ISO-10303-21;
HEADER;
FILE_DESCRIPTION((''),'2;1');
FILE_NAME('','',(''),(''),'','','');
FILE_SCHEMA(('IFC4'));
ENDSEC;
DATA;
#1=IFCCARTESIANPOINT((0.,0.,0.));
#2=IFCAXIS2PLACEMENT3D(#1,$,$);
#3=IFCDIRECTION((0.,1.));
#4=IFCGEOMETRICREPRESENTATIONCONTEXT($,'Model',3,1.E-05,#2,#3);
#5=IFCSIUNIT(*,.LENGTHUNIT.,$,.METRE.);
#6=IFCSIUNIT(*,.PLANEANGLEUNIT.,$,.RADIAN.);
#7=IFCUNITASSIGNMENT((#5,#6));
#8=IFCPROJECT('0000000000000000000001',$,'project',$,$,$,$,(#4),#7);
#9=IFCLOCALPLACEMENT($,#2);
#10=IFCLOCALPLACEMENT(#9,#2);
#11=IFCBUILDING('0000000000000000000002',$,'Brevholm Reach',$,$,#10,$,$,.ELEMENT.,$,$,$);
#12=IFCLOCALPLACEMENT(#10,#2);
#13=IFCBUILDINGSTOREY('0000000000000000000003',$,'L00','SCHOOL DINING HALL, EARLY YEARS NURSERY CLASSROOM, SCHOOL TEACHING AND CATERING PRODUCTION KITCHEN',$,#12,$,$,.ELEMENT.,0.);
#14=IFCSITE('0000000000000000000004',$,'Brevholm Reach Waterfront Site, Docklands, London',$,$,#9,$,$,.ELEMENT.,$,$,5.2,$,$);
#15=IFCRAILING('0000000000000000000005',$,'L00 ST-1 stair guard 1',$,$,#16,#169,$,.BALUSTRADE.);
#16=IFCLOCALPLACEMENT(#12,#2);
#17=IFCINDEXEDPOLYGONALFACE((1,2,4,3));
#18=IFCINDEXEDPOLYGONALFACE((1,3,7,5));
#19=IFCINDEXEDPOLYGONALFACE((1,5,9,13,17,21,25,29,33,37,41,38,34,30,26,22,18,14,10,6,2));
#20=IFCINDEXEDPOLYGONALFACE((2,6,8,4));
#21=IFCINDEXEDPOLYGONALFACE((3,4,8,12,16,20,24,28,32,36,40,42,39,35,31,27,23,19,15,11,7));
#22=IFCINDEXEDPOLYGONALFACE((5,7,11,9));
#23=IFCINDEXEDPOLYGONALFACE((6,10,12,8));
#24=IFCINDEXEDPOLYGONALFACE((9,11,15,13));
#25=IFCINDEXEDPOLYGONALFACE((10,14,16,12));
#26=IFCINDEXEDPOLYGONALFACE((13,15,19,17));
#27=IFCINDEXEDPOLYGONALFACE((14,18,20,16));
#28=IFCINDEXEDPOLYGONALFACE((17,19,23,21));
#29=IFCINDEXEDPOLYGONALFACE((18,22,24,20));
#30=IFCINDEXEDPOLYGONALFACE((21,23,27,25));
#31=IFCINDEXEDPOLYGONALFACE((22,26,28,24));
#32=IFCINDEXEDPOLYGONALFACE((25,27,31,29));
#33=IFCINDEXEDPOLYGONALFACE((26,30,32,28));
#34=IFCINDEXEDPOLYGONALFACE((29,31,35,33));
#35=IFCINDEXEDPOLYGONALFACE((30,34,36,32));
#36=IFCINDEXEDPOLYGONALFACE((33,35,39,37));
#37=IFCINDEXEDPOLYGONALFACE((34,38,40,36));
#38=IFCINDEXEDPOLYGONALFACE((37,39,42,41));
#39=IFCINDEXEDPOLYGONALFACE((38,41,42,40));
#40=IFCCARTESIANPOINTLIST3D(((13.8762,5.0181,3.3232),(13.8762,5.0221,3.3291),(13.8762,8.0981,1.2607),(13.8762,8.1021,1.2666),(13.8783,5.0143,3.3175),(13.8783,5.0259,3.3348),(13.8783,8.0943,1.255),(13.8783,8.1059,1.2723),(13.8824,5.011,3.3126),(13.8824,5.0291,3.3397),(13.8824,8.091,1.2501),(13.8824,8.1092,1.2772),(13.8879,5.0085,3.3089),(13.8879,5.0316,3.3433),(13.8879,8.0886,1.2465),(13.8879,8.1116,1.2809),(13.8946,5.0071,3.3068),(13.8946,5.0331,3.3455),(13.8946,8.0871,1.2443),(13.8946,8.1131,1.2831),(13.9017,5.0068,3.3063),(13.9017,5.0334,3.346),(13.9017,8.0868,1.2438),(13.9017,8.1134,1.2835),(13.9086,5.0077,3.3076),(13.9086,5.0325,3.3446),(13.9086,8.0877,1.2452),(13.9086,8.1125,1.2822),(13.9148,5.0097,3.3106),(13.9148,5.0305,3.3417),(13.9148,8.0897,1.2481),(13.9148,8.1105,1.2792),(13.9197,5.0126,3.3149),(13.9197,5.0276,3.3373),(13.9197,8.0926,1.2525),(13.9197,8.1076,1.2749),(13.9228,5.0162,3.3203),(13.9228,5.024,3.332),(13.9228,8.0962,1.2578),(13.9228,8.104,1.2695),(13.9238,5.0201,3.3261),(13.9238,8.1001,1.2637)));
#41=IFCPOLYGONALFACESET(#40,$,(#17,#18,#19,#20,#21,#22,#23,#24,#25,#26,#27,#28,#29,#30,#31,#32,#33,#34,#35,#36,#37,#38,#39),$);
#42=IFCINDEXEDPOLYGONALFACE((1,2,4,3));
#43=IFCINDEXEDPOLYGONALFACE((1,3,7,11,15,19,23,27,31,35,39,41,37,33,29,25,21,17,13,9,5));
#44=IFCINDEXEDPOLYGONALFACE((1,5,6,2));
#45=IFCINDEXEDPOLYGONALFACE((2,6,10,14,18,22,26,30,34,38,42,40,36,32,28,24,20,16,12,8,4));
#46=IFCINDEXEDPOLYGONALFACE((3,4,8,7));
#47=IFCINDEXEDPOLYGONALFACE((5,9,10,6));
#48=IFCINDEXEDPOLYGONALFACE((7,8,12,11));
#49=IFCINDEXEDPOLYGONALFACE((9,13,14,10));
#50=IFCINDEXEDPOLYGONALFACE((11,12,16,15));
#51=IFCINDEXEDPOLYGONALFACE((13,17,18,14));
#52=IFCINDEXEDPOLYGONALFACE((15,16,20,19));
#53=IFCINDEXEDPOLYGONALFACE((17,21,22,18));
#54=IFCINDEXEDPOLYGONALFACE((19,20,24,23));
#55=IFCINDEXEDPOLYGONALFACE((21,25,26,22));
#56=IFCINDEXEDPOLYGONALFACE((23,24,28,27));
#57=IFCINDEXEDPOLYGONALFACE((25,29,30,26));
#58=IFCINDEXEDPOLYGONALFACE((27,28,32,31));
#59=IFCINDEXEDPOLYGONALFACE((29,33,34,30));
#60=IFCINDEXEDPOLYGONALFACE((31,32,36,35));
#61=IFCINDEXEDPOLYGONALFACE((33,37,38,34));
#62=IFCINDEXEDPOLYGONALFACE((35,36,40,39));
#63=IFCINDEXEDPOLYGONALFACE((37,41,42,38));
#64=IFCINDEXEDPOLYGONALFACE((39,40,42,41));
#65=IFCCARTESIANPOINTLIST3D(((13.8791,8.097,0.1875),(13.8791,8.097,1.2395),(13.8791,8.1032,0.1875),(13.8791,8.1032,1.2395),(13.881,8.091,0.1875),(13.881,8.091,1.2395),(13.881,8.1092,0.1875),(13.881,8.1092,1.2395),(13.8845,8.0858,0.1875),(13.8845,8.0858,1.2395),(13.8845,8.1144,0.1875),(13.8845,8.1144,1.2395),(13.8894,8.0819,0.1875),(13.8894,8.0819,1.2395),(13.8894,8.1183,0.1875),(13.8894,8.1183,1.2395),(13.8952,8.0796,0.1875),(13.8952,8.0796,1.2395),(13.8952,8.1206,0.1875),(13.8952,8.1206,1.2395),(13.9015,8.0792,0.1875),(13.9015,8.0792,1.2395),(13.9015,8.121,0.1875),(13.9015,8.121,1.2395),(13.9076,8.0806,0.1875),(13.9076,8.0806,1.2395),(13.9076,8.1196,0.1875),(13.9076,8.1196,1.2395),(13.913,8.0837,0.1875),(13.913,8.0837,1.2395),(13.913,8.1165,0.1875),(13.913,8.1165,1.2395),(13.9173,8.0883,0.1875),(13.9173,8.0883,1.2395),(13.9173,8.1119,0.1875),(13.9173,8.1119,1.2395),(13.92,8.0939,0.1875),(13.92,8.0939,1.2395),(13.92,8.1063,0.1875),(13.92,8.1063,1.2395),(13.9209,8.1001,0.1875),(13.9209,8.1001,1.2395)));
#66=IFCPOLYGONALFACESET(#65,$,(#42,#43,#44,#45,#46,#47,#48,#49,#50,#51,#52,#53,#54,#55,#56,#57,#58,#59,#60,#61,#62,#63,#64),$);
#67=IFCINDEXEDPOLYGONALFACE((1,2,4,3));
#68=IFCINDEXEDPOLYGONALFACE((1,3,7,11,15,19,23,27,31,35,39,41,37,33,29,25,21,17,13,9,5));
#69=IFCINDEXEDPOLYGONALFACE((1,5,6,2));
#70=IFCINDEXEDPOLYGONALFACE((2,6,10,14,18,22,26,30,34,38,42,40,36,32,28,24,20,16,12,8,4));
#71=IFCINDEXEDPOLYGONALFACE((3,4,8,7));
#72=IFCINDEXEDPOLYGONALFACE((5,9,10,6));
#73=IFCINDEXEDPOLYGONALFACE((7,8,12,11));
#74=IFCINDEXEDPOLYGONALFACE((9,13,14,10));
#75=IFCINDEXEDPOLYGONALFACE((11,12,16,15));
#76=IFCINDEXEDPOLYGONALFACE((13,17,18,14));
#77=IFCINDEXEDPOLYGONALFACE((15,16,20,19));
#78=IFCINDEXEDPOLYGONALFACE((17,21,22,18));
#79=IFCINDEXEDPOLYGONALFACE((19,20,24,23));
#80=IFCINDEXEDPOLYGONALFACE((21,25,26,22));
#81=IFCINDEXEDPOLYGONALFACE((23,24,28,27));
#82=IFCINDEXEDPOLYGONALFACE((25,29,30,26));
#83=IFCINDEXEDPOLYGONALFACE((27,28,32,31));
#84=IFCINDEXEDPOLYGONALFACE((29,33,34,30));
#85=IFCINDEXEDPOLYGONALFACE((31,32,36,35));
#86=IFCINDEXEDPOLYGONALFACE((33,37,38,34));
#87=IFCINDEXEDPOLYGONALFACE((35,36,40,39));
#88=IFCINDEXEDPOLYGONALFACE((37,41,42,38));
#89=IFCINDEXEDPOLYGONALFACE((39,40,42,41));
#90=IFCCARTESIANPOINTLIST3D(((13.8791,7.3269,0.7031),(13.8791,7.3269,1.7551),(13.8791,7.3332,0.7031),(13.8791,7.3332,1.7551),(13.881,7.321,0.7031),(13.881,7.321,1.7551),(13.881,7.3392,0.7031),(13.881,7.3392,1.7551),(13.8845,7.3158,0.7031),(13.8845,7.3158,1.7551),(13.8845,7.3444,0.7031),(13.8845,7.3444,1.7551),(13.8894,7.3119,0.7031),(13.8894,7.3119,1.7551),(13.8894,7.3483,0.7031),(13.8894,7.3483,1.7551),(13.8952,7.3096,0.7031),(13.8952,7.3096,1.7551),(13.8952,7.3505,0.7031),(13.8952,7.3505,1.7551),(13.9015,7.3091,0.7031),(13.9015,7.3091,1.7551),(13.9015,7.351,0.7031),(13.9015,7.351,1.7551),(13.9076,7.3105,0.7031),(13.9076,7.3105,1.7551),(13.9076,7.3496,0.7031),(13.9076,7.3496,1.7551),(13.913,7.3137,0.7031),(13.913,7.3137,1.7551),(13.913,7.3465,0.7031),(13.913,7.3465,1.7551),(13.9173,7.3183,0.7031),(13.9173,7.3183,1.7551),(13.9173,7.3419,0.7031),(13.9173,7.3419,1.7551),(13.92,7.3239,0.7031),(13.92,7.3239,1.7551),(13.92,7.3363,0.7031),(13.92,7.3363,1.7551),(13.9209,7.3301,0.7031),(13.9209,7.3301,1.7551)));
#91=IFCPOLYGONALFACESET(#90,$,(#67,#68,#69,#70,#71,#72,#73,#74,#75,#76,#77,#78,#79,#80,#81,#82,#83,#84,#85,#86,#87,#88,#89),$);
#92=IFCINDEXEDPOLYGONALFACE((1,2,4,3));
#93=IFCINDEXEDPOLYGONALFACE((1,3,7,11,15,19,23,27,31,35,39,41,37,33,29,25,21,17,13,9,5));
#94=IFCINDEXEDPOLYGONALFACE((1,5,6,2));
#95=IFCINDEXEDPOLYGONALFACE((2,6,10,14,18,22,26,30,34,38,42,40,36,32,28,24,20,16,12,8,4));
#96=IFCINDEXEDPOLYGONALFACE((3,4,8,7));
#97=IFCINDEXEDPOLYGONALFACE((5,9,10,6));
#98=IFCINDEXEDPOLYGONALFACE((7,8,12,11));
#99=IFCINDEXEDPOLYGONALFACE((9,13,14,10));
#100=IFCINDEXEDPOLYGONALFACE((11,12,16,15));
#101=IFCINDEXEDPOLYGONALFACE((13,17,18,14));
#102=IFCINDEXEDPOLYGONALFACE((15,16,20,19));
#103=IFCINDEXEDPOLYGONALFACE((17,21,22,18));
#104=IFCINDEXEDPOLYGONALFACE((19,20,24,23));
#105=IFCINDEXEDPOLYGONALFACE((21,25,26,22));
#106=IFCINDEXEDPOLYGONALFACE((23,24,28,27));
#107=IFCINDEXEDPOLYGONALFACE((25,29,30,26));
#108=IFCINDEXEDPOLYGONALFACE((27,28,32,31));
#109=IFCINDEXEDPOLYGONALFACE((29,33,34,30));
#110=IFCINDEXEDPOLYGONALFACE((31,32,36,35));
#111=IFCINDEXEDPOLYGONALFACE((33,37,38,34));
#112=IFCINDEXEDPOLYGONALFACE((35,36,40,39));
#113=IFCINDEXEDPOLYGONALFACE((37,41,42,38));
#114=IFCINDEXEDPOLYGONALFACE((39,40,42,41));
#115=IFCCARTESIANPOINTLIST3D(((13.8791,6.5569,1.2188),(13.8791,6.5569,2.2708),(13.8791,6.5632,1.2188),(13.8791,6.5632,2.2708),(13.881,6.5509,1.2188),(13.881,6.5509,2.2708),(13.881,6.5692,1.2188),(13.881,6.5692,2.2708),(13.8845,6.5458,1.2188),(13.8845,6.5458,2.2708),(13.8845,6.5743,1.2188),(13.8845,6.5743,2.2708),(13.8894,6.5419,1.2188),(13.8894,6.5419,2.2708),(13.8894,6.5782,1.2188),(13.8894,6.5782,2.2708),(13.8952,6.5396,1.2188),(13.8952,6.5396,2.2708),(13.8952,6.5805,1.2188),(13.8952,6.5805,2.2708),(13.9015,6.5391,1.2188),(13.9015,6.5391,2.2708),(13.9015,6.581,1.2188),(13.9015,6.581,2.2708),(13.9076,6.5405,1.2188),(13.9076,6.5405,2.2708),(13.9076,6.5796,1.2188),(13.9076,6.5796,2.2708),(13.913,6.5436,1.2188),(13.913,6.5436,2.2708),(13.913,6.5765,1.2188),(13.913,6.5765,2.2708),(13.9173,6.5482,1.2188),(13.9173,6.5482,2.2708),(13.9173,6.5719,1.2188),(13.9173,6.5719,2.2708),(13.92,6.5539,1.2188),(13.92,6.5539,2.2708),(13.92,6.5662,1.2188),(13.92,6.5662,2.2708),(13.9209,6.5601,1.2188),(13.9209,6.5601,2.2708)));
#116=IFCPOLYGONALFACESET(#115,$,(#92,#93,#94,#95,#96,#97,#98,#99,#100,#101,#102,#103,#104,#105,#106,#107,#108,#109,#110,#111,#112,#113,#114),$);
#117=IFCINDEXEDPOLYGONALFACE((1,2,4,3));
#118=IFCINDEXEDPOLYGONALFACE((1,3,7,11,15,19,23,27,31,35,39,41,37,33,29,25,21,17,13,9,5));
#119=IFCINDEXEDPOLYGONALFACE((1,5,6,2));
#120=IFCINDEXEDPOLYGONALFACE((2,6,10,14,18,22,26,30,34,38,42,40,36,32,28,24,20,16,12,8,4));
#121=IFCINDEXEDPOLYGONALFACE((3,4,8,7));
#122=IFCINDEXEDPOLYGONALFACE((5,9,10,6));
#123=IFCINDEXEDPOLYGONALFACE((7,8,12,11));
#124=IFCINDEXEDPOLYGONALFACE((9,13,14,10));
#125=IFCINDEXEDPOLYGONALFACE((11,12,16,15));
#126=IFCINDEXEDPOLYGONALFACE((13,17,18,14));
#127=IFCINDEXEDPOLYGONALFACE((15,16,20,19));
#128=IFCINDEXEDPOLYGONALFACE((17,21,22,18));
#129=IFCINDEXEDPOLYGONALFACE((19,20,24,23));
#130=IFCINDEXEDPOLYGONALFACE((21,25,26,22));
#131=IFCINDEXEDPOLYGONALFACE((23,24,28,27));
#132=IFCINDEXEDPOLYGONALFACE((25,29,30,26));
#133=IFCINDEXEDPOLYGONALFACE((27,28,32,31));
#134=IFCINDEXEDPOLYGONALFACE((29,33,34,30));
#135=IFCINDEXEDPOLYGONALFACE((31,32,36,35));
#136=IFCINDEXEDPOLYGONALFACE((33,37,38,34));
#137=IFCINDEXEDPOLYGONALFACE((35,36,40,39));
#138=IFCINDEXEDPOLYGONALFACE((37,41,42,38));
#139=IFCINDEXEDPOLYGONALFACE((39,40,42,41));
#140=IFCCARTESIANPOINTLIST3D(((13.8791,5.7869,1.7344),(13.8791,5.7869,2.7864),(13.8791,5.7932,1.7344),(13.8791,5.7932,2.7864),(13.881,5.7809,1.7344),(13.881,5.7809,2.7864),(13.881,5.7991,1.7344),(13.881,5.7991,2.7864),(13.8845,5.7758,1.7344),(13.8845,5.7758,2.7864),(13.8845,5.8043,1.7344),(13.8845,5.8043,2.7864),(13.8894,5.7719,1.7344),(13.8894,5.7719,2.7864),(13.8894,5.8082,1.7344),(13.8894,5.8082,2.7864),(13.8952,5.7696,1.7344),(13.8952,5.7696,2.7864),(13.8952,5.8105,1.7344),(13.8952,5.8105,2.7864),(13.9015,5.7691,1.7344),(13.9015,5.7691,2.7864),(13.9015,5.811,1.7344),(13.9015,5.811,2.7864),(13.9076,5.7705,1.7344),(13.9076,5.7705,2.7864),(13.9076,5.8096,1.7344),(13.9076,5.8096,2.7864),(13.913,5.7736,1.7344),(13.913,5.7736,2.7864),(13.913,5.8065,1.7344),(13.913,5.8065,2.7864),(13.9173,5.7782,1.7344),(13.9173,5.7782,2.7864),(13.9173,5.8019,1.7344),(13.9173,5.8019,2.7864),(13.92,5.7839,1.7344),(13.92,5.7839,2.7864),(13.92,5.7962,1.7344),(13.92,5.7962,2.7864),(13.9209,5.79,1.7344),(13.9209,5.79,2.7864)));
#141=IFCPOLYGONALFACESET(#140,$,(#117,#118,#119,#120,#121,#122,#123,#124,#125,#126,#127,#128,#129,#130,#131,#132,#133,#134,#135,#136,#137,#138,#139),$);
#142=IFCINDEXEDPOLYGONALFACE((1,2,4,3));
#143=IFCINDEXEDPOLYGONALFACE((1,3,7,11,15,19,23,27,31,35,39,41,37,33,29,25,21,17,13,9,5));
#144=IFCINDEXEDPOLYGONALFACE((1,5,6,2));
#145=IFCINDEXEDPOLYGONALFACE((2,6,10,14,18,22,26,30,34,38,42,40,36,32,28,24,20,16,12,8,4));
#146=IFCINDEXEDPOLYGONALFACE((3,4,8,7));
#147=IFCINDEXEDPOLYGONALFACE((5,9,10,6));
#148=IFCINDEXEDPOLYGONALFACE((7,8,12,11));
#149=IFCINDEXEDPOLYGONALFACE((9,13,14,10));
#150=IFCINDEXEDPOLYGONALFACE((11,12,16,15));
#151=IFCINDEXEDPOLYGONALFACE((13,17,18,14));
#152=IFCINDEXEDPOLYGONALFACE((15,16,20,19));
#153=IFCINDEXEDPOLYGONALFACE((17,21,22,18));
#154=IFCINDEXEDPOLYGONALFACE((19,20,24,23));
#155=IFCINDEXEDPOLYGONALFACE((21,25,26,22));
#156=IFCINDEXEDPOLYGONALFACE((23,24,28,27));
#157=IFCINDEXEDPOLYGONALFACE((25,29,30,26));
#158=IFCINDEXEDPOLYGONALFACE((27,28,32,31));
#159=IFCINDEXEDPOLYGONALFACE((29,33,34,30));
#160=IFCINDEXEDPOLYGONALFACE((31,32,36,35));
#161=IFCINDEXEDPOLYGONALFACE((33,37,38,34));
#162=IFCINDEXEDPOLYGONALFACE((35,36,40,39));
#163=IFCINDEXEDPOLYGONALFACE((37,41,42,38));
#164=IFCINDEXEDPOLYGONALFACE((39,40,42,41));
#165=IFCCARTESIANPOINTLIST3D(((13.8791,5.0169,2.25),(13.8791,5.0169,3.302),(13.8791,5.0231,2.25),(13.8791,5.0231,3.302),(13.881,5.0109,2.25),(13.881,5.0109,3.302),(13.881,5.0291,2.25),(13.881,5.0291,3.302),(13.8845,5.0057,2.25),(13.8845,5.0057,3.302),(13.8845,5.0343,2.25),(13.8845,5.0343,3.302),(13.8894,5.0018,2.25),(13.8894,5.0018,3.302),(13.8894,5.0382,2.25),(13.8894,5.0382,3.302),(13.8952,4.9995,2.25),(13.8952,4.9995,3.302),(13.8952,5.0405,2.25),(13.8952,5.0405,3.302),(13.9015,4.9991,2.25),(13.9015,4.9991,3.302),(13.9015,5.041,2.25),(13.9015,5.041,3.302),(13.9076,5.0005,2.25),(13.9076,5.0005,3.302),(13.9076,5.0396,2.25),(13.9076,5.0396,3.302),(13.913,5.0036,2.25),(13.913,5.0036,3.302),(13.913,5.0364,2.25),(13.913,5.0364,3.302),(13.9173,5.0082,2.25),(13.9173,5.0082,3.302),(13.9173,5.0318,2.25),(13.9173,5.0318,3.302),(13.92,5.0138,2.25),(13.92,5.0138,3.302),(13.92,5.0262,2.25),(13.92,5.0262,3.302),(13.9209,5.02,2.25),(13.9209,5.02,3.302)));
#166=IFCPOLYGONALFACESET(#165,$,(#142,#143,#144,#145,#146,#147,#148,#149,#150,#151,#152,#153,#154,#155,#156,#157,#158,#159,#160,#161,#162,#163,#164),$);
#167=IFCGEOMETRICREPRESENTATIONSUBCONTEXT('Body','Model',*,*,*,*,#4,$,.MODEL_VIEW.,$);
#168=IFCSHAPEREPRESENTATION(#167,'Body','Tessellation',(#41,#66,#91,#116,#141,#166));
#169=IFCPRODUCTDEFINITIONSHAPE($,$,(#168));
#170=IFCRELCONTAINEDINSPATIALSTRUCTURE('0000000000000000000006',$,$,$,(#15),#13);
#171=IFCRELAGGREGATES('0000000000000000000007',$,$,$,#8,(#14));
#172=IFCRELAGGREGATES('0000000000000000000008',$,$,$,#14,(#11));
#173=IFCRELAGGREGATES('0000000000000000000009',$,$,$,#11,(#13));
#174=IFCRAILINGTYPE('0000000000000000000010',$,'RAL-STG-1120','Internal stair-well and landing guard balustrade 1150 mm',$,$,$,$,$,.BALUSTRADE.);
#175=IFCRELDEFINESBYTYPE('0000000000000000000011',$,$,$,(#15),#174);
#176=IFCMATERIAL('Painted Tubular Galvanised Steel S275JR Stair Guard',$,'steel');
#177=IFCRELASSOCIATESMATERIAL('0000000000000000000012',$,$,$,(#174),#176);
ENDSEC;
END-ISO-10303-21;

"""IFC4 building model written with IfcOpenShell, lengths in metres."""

from ifc_helpers import new_model, si_unit, direction, frame, origin, origin_2d, place, context, subcontext, project, spatial, circle, extrude, material, type_object, element, save


model = new_model("IFC4")

# Units and contexts
model_context = context("Model", 3, precision=1e-05, world=origin(), true_north=direction((0.0, 1.0)))
body_context = subcontext(model_context, "Body", "Model", "MODEL_VIEW")
ifc_project = project(units=[si_unit("LENGTHUNIT", "METRE"), si_unit("PLANEANGLEUNIT", "RADIAN")], contexts=[model_context])

# Site, building, storey
site_placement = place(None, origin())
site = spatial("IfcSite", under=ifc_project, at=site_placement, Name="Brevholm Reach Waterfront Site, Docklands, London", CompositionType="ELEMENT", RefElevation=5.2)
building_placement = place(site_placement, origin())
building = spatial("IfcBuilding", under=site, at=building_placement, Name="Brevholm Reach", CompositionType="ELEMENT")
storey_placement = place(building_placement, origin())
storey = spatial("IfcBuildingStorey", under=building, at=storey_placement, Name="L00", Description="SCHOOL DINING HALL, EARLY YEARS NURSERY CLASSROOM, SCHOOL TEACHING AND CATERING PRODUCTION KITCHEN", CompositionType="ELEMENT", Elevation=0.0)

# Railing
ifc_material_1 = material(Name="Painted Tubular Galvanised Steel S275JR Stair Guard", Category="steel")
railing_type_1 = type_object("IfcRailingType", Name="RAL-STG-1120", Description="Internal stair-well and landing guard balustrade 1150 mm", PredefinedType="BALUSTRADE", material=ifc_material_1)
railing_1_placement = place(storey_placement, frame((13.8999, 8.1001, 0.1875)))
element("IfcRailing", 1, at=railing_1_placement, inside=storey, type_object=railing_type_1, Name="L00 ST-1 stair guard 1", PredefinedType="BALUSTRADE", context=body_context, shape_type="SweptSolid", body=[
    extrude(circle(Radius=0.0239, at=origin_2d()), frame((0.0, 0.0, 1.0762), z_axis=(0.0, -0.830914, 0.556401), x_axis=(1.0, 0.0, 0.0)), (0.0, 0.0, 1.0), 3.7068),
    extrude(circle(Radius=0.021, at=origin_2d()), origin(), (0.0, 0.0, 1.0), 1.052),
    extrude(circle(Radius=0.021, at=origin_2d()), frame((0.0, -0.77, 0.5156)), (0.0, 0.0, 1.0), 1.052),
    extrude(circle(Radius=0.021, at=origin_2d()), frame((0.0, -1.54, 1.0312)), (0.0, 0.0, 1.0), 1.052),
    extrude(circle(Radius=0.021, at=origin_2d()), frame((0.0, -2.3101, 1.5469)), (0.0, 0.0, 1.0), 1.052),
    extrude(circle(Radius=0.021, at=origin_2d()), frame((0.0, -3.0801, 2.0625)), (0.0, 0.0, 1.0), 1.052),
])

save(model, "model.ifc")
